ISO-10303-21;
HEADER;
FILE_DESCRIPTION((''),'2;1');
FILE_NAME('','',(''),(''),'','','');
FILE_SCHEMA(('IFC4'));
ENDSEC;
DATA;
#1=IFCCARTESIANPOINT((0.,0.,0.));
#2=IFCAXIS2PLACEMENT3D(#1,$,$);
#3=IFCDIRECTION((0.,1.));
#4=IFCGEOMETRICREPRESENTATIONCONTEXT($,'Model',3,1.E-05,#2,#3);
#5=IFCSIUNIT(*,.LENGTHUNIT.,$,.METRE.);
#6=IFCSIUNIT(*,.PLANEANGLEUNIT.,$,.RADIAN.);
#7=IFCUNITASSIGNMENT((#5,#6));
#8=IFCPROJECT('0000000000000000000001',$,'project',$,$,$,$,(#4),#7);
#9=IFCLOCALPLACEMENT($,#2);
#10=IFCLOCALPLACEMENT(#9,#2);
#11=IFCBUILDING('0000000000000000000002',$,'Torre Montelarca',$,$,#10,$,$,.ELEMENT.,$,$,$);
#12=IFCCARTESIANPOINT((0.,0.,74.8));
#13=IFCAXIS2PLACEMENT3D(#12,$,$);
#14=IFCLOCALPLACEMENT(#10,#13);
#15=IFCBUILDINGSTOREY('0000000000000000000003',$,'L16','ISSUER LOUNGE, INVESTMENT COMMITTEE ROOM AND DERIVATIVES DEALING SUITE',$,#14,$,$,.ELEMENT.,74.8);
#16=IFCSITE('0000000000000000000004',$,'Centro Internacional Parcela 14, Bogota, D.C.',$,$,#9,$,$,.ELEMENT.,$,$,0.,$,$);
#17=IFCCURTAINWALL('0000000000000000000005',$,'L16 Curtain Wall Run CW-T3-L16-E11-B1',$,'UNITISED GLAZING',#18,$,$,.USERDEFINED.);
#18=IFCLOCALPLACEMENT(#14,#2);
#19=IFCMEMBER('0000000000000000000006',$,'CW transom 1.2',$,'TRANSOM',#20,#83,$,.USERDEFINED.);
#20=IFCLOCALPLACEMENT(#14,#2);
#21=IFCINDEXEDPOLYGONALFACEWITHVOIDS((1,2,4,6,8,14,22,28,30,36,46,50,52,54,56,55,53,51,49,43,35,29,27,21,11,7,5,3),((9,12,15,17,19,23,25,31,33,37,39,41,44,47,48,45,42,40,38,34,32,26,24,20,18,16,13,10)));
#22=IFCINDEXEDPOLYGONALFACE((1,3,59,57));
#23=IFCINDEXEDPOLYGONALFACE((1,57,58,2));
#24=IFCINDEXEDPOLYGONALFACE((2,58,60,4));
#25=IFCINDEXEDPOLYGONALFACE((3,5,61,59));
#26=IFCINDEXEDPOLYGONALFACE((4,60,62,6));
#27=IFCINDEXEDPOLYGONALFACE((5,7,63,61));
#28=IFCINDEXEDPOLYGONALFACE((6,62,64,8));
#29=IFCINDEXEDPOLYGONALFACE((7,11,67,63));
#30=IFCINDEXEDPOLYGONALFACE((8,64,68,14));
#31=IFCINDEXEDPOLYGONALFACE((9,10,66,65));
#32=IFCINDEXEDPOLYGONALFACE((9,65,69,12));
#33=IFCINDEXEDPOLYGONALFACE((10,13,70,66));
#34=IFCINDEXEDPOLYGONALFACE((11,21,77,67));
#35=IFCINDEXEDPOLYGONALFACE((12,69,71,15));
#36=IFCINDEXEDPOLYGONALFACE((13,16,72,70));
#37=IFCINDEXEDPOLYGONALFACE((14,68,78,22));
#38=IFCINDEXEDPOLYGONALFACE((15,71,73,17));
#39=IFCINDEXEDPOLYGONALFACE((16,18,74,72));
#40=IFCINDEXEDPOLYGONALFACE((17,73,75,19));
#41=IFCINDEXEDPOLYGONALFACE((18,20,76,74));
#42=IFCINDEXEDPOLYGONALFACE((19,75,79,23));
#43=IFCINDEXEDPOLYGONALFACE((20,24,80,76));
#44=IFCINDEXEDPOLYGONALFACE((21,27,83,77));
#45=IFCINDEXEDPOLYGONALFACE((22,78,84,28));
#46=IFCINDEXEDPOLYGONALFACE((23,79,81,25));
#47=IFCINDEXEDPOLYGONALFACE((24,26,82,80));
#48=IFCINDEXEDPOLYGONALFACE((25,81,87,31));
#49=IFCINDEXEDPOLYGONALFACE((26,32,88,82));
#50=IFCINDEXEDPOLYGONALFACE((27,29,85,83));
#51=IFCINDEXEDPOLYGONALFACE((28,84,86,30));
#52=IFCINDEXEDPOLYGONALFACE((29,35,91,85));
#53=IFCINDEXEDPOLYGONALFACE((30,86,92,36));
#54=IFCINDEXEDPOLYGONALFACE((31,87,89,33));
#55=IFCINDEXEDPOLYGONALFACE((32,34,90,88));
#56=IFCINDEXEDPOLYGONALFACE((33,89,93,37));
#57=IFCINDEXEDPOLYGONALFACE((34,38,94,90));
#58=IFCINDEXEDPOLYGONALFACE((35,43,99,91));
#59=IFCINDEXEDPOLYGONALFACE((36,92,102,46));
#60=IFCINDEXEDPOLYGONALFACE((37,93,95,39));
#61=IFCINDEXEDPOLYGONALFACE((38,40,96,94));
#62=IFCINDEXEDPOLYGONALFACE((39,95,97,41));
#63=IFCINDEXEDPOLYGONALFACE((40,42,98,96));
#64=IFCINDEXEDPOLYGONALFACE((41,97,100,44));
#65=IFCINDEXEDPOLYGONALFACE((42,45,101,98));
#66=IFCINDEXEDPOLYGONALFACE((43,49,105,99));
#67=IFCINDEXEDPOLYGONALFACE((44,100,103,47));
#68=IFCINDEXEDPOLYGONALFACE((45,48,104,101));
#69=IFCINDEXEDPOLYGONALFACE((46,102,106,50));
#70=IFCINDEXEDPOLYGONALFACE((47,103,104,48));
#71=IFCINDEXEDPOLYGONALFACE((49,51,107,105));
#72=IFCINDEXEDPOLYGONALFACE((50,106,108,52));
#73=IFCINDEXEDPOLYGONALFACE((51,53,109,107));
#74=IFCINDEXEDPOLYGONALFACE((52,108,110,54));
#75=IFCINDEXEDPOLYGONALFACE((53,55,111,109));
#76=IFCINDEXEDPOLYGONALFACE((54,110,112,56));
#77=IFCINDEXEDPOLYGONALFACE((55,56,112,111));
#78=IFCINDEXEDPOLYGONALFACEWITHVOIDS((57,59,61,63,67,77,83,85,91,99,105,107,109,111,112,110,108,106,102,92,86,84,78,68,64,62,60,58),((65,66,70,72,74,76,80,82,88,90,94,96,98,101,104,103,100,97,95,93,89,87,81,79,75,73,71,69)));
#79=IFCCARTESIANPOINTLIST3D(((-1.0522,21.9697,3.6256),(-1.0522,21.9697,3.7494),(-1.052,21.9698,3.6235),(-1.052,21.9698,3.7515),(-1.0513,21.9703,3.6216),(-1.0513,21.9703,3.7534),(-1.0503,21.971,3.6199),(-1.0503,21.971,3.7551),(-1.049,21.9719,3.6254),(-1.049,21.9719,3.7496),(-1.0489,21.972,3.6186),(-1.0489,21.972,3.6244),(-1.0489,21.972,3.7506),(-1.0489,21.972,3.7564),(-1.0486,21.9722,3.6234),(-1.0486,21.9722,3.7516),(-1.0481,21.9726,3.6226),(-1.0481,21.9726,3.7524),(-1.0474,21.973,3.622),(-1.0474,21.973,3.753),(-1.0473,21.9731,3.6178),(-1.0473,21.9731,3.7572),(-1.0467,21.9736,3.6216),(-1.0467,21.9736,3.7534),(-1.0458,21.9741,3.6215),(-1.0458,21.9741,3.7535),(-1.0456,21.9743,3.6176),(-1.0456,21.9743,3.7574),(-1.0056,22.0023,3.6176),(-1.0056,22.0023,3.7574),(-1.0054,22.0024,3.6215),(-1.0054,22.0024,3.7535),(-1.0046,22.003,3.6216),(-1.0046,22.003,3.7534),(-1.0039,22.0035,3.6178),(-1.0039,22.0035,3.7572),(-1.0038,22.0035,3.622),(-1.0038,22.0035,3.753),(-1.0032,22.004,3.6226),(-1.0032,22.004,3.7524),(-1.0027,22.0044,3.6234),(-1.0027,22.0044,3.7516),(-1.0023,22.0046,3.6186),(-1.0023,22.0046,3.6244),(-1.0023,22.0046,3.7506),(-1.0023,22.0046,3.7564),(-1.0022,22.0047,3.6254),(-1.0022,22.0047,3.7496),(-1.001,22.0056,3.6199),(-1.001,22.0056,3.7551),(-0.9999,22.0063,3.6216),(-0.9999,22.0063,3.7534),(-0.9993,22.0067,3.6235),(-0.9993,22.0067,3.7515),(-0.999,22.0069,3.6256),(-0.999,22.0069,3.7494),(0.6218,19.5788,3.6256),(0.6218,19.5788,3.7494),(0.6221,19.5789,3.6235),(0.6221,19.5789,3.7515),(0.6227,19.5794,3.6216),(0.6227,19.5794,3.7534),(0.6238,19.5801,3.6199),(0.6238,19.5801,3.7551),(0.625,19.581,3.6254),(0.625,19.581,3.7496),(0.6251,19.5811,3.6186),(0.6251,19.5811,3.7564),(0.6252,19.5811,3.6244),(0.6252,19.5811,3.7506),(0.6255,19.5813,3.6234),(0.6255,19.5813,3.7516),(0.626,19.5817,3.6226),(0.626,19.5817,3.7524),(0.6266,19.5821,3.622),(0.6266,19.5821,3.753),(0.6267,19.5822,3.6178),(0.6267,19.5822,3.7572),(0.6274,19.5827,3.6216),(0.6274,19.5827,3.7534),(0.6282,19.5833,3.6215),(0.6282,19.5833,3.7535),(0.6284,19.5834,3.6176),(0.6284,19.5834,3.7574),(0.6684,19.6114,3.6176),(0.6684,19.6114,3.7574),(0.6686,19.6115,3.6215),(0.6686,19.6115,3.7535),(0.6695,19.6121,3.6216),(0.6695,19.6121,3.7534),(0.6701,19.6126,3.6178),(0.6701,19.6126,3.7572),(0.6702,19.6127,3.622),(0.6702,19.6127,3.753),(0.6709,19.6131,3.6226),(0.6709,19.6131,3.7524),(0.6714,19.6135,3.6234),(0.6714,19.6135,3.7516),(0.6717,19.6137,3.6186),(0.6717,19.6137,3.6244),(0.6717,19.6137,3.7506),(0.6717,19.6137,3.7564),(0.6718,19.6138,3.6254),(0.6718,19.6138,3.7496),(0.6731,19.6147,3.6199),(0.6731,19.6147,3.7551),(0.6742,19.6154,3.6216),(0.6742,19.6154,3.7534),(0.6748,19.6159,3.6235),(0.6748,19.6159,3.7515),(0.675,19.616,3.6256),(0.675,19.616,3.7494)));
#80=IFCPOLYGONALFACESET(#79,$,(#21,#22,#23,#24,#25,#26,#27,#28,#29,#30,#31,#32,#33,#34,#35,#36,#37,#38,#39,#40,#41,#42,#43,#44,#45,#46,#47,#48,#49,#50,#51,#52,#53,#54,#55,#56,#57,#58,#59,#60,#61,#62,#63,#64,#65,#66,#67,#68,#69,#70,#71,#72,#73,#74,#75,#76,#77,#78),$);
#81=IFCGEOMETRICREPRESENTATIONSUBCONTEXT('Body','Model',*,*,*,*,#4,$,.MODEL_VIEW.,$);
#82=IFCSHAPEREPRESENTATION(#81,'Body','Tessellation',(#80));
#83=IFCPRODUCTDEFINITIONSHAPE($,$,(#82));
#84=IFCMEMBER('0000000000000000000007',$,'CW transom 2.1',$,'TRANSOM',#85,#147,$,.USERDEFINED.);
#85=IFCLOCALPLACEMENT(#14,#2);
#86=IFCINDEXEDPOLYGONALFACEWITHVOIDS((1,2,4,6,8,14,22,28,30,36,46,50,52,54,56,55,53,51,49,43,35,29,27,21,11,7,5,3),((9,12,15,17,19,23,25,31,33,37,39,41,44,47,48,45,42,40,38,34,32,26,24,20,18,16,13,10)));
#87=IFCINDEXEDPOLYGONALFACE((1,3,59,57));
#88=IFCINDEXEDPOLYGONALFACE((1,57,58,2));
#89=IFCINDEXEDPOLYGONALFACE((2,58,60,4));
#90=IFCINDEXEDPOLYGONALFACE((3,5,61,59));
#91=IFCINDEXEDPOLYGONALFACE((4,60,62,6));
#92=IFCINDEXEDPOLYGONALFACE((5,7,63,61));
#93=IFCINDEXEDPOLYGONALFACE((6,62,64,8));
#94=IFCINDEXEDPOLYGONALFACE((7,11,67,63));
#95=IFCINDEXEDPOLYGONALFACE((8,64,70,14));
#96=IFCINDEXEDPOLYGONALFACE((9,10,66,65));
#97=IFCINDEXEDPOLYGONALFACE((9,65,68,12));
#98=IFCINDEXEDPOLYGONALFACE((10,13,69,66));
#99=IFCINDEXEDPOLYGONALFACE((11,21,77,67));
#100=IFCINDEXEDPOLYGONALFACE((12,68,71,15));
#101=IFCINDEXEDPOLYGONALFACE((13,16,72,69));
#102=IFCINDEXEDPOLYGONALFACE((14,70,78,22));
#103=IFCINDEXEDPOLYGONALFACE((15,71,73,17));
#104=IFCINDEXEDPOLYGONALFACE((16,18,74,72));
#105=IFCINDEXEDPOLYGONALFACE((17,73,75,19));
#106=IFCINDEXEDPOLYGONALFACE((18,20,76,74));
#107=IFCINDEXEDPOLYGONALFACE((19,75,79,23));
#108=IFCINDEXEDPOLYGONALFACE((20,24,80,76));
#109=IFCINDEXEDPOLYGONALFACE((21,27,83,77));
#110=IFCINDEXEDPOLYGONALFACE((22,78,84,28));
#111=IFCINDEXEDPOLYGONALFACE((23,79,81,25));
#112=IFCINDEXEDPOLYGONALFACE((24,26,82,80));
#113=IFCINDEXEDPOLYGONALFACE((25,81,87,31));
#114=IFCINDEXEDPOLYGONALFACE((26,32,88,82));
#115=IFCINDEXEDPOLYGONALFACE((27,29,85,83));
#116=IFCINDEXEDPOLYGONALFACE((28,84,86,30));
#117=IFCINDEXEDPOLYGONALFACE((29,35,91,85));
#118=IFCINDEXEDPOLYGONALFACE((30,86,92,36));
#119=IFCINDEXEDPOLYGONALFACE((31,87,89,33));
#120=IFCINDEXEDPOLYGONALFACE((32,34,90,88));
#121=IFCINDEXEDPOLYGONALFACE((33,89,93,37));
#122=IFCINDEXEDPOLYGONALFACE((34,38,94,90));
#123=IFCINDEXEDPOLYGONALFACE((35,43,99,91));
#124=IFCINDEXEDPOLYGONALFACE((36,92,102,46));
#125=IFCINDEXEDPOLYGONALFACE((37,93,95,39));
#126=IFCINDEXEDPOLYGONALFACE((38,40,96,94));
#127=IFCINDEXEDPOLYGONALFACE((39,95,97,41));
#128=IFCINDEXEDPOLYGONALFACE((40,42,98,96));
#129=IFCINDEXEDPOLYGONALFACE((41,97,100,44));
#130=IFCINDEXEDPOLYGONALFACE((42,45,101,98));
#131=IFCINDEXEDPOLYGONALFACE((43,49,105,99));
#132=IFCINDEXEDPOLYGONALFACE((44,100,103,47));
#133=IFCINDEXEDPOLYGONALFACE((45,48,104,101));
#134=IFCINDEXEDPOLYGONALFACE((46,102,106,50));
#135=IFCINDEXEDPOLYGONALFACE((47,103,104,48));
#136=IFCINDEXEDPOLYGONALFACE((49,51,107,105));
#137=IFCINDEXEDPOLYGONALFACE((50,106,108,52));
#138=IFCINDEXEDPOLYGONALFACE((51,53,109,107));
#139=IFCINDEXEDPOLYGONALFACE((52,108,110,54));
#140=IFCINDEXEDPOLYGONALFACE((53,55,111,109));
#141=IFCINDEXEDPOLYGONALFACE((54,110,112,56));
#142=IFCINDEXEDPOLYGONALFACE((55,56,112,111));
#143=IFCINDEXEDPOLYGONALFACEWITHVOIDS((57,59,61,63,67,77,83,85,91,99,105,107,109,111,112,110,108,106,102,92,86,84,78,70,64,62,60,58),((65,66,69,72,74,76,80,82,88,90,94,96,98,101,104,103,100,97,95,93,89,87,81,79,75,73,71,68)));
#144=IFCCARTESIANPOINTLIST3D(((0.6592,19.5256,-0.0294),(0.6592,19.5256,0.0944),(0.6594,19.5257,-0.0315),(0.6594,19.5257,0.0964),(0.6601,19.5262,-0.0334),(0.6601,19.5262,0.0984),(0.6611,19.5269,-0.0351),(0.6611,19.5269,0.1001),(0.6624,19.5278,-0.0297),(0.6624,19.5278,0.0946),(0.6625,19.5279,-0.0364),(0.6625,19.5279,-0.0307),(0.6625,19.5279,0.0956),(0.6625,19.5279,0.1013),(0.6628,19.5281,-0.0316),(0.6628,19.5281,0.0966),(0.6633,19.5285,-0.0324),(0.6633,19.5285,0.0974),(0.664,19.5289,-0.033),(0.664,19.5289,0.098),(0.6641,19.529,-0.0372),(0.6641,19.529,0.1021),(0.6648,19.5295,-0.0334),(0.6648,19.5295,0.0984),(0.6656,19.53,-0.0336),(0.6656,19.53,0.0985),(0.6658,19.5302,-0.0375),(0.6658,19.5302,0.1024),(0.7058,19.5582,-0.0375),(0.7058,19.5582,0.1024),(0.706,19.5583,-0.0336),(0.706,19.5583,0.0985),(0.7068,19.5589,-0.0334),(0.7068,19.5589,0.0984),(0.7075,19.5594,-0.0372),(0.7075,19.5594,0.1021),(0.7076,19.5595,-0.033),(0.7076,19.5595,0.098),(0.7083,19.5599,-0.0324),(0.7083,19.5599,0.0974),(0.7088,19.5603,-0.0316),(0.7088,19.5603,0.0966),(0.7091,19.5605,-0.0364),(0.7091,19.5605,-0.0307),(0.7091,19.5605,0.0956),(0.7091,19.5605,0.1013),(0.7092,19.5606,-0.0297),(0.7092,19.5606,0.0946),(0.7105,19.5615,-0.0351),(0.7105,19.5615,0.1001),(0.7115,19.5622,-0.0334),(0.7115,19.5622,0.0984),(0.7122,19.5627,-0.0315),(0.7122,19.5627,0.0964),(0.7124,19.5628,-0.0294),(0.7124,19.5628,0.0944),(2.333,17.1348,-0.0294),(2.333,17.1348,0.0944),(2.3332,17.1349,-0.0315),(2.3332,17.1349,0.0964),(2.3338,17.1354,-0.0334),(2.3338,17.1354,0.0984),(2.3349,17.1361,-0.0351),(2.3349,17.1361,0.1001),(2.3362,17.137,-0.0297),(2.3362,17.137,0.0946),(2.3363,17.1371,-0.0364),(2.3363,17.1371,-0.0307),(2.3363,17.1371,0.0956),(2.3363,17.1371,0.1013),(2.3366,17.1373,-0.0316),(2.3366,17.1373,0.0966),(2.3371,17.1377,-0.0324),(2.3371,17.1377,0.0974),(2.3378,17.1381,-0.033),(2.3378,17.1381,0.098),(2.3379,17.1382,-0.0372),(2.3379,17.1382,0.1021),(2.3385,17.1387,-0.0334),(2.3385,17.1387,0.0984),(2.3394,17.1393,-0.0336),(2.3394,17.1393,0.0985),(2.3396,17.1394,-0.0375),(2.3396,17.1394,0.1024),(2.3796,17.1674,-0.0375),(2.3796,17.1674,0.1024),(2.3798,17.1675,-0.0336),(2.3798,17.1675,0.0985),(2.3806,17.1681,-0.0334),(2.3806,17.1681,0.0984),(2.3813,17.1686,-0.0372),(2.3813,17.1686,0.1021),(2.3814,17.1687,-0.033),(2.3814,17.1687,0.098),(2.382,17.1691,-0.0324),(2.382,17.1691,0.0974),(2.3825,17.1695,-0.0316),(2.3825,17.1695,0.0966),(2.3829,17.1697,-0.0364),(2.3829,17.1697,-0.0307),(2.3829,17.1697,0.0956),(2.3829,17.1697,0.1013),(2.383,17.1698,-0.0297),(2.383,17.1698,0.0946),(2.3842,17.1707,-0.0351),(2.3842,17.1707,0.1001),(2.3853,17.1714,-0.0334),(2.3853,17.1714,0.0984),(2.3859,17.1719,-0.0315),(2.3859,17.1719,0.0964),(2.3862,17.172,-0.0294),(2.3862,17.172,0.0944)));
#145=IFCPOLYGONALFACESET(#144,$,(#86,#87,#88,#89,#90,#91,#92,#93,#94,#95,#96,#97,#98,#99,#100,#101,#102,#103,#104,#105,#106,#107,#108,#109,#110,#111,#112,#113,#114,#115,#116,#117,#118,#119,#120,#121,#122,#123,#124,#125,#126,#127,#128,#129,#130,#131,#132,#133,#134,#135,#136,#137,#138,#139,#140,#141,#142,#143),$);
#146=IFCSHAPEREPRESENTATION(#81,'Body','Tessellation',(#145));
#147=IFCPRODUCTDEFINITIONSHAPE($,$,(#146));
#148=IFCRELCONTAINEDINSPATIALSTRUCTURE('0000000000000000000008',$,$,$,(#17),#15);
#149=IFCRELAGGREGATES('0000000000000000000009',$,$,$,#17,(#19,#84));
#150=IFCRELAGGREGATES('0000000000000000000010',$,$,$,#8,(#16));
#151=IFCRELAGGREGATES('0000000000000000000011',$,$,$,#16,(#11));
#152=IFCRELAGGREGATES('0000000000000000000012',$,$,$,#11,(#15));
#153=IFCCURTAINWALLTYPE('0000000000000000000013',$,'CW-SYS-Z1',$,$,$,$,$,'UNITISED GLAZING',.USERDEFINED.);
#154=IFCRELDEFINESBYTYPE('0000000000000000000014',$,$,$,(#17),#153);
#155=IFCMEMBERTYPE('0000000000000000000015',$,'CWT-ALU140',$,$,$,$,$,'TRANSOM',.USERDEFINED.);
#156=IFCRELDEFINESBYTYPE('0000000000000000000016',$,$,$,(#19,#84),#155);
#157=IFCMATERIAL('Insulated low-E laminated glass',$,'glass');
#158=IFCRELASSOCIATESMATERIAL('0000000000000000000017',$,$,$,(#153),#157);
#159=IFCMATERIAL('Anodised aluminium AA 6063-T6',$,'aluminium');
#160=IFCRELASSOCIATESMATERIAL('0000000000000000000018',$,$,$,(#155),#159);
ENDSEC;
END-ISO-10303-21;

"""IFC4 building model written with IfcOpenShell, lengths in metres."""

from ifc_helpers import new_model, si_unit, direction, frame, origin, origin_2d, place, context, subcontext, project, spatial, hollow_rectangle, extrude, source, transform, mapped, material, material_profile, profile_set, type_object, element, aggregate, save


model = new_model("IFC4")

# Units and contexts
model_context = context("Model", 3, precision=1e-05, world=origin(), true_north=direction((0.0, 1.0)))
body_context = subcontext(model_context, "Body", "Model", "MODEL_VIEW")
ifc_project = project(units=[si_unit("LENGTHUNIT", "METRE"), si_unit("PLANEANGLEUNIT", "RADIAN")], contexts=[model_context])

# Site, building, storey
site_placement = place(None, origin())
site = spatial("IfcSite", under=ifc_project, at=site_placement, Name="Centro Internacional Parcela 14, Bogota, D.C.", CompositionType="ELEMENT", RefElevation=0.0)
building_placement = place(site_placement, origin())
building = spatial("IfcBuilding", under=site, at=building_placement, Name="Torre Montelarca", CompositionType="ELEMENT")
storey_placement = place(building_placement, frame((0.0, 0.0, 74.8)))
storey = spatial("IfcBuildingStorey", under=building, at=storey_placement, Name="L16", Description="ISSUER LOUNGE, INVESTMENT COMMITTEE ROOM AND DERIVATIVES DEALING SUITE", CompositionType="ELEMENT", Elevation=74.8)

# Curtain wall, members
ifc_material_1 = material(Name="Insulated low-E laminated glass", Category="glass")
curtain_wall_type = type_object("IfcCurtainWallType", Name="CW-SYS-Z1", ElementType="UNITISED GLAZING", PredefinedType="USERDEFINED", material=ifc_material_1)
curtain_wall_1_placement = place(storey_placement, origin())
curtain_wall_1 = element("IfcCurtainWall", 1, at=curtain_wall_1_placement, inside=storey, type_object=curtain_wall_type, Name="L16 Curtain Wall Run CW-T3-L16-E11-B1", ObjectType="UNITISED GLAZING", PredefinedType="USERDEFINED")
ifc_material_2 = material(Name="Anodised aluminium AA 6063-T6", Category="aluminium")
ifc_material_profile_1 = material_profile(ifc_material_2, hollow_rectangle(XDim=0.0649, YDim=0.1399, WallThickness=0.0039, InnerFilletRadius=0.0039, OuterFilletRadius=0.0081, at=origin_2d()), Name="ALU65X140X4", Category="aluminium")
ifc_profile_set_1 = profile_set([ifc_material_profile_1], Name="Anodised aluminium AA 6063-T6")
member_type_1 = type_object("IfcMemberType", Name="CWT-ALU140", ElementType="TRANSOM", PredefinedType="USERDEFINED", material=ifc_profile_set_1)
shared_shape_1 = source(origin(), body_context, "Body", "SweptSolid", [
    extrude(hollow_rectangle(XDim=0.0649, YDim=0.1399, WallThickness=0.0039, InnerFilletRadius=0.0039, OuterFilletRadius=0.0081, at=origin_2d()), origin(), (0.0, 0.0, 1.0), 2.9187),
])
member_1_placement = place(storey_placement, frame((-1.0256, 21.9883, 3.6875), z_axis=(0.573569, -0.819157, 0.0), x_axis=(0.819157, 0.573569, 0.0)))
member_1 = element("IfcMember", 2, at=member_1_placement, type_object=member_type_1, Name="CW transom 1.2", ObjectType="TRANSOM", PredefinedType="USERDEFINED", context=body_context, shape_type="MappedRepresentation", body=[
    mapped(shared_shape_1, transform((0.0, 0.0, 0.0), scale=1.0)),
])
shared_shape_2 = source(origin(), body_context, "Body", "SweptSolid", [
    extrude(hollow_rectangle(XDim=0.0649, YDim=0.1399, WallThickness=0.0039, InnerFilletRadius=0.0039, OuterFilletRadius=0.0081, at=origin_2d()), origin(), (0.0, 0.0, 1.0), 2.9185),
])
member_2_placement = place(storey_placement, frame((0.6858, 19.5442, 0.0325), z_axis=(0.573513, -0.819197, 0.0), x_axis=(0.819197, 0.573513, 0.0)))
member_2 = element("IfcMember", 3, at=member_2_placement, type_object=member_type_1, Name="CW transom 2.1", ObjectType="TRANSOM", PredefinedType="USERDEFINED", context=body_context, shape_type="MappedRepresentation", body=[
    mapped(shared_shape_2, transform((0.0, 0.0, 0.0), scale=1.0)),
])

aggregate(curtain_wall_1, [member_1, member_2])

save(model, "model.ifc")
